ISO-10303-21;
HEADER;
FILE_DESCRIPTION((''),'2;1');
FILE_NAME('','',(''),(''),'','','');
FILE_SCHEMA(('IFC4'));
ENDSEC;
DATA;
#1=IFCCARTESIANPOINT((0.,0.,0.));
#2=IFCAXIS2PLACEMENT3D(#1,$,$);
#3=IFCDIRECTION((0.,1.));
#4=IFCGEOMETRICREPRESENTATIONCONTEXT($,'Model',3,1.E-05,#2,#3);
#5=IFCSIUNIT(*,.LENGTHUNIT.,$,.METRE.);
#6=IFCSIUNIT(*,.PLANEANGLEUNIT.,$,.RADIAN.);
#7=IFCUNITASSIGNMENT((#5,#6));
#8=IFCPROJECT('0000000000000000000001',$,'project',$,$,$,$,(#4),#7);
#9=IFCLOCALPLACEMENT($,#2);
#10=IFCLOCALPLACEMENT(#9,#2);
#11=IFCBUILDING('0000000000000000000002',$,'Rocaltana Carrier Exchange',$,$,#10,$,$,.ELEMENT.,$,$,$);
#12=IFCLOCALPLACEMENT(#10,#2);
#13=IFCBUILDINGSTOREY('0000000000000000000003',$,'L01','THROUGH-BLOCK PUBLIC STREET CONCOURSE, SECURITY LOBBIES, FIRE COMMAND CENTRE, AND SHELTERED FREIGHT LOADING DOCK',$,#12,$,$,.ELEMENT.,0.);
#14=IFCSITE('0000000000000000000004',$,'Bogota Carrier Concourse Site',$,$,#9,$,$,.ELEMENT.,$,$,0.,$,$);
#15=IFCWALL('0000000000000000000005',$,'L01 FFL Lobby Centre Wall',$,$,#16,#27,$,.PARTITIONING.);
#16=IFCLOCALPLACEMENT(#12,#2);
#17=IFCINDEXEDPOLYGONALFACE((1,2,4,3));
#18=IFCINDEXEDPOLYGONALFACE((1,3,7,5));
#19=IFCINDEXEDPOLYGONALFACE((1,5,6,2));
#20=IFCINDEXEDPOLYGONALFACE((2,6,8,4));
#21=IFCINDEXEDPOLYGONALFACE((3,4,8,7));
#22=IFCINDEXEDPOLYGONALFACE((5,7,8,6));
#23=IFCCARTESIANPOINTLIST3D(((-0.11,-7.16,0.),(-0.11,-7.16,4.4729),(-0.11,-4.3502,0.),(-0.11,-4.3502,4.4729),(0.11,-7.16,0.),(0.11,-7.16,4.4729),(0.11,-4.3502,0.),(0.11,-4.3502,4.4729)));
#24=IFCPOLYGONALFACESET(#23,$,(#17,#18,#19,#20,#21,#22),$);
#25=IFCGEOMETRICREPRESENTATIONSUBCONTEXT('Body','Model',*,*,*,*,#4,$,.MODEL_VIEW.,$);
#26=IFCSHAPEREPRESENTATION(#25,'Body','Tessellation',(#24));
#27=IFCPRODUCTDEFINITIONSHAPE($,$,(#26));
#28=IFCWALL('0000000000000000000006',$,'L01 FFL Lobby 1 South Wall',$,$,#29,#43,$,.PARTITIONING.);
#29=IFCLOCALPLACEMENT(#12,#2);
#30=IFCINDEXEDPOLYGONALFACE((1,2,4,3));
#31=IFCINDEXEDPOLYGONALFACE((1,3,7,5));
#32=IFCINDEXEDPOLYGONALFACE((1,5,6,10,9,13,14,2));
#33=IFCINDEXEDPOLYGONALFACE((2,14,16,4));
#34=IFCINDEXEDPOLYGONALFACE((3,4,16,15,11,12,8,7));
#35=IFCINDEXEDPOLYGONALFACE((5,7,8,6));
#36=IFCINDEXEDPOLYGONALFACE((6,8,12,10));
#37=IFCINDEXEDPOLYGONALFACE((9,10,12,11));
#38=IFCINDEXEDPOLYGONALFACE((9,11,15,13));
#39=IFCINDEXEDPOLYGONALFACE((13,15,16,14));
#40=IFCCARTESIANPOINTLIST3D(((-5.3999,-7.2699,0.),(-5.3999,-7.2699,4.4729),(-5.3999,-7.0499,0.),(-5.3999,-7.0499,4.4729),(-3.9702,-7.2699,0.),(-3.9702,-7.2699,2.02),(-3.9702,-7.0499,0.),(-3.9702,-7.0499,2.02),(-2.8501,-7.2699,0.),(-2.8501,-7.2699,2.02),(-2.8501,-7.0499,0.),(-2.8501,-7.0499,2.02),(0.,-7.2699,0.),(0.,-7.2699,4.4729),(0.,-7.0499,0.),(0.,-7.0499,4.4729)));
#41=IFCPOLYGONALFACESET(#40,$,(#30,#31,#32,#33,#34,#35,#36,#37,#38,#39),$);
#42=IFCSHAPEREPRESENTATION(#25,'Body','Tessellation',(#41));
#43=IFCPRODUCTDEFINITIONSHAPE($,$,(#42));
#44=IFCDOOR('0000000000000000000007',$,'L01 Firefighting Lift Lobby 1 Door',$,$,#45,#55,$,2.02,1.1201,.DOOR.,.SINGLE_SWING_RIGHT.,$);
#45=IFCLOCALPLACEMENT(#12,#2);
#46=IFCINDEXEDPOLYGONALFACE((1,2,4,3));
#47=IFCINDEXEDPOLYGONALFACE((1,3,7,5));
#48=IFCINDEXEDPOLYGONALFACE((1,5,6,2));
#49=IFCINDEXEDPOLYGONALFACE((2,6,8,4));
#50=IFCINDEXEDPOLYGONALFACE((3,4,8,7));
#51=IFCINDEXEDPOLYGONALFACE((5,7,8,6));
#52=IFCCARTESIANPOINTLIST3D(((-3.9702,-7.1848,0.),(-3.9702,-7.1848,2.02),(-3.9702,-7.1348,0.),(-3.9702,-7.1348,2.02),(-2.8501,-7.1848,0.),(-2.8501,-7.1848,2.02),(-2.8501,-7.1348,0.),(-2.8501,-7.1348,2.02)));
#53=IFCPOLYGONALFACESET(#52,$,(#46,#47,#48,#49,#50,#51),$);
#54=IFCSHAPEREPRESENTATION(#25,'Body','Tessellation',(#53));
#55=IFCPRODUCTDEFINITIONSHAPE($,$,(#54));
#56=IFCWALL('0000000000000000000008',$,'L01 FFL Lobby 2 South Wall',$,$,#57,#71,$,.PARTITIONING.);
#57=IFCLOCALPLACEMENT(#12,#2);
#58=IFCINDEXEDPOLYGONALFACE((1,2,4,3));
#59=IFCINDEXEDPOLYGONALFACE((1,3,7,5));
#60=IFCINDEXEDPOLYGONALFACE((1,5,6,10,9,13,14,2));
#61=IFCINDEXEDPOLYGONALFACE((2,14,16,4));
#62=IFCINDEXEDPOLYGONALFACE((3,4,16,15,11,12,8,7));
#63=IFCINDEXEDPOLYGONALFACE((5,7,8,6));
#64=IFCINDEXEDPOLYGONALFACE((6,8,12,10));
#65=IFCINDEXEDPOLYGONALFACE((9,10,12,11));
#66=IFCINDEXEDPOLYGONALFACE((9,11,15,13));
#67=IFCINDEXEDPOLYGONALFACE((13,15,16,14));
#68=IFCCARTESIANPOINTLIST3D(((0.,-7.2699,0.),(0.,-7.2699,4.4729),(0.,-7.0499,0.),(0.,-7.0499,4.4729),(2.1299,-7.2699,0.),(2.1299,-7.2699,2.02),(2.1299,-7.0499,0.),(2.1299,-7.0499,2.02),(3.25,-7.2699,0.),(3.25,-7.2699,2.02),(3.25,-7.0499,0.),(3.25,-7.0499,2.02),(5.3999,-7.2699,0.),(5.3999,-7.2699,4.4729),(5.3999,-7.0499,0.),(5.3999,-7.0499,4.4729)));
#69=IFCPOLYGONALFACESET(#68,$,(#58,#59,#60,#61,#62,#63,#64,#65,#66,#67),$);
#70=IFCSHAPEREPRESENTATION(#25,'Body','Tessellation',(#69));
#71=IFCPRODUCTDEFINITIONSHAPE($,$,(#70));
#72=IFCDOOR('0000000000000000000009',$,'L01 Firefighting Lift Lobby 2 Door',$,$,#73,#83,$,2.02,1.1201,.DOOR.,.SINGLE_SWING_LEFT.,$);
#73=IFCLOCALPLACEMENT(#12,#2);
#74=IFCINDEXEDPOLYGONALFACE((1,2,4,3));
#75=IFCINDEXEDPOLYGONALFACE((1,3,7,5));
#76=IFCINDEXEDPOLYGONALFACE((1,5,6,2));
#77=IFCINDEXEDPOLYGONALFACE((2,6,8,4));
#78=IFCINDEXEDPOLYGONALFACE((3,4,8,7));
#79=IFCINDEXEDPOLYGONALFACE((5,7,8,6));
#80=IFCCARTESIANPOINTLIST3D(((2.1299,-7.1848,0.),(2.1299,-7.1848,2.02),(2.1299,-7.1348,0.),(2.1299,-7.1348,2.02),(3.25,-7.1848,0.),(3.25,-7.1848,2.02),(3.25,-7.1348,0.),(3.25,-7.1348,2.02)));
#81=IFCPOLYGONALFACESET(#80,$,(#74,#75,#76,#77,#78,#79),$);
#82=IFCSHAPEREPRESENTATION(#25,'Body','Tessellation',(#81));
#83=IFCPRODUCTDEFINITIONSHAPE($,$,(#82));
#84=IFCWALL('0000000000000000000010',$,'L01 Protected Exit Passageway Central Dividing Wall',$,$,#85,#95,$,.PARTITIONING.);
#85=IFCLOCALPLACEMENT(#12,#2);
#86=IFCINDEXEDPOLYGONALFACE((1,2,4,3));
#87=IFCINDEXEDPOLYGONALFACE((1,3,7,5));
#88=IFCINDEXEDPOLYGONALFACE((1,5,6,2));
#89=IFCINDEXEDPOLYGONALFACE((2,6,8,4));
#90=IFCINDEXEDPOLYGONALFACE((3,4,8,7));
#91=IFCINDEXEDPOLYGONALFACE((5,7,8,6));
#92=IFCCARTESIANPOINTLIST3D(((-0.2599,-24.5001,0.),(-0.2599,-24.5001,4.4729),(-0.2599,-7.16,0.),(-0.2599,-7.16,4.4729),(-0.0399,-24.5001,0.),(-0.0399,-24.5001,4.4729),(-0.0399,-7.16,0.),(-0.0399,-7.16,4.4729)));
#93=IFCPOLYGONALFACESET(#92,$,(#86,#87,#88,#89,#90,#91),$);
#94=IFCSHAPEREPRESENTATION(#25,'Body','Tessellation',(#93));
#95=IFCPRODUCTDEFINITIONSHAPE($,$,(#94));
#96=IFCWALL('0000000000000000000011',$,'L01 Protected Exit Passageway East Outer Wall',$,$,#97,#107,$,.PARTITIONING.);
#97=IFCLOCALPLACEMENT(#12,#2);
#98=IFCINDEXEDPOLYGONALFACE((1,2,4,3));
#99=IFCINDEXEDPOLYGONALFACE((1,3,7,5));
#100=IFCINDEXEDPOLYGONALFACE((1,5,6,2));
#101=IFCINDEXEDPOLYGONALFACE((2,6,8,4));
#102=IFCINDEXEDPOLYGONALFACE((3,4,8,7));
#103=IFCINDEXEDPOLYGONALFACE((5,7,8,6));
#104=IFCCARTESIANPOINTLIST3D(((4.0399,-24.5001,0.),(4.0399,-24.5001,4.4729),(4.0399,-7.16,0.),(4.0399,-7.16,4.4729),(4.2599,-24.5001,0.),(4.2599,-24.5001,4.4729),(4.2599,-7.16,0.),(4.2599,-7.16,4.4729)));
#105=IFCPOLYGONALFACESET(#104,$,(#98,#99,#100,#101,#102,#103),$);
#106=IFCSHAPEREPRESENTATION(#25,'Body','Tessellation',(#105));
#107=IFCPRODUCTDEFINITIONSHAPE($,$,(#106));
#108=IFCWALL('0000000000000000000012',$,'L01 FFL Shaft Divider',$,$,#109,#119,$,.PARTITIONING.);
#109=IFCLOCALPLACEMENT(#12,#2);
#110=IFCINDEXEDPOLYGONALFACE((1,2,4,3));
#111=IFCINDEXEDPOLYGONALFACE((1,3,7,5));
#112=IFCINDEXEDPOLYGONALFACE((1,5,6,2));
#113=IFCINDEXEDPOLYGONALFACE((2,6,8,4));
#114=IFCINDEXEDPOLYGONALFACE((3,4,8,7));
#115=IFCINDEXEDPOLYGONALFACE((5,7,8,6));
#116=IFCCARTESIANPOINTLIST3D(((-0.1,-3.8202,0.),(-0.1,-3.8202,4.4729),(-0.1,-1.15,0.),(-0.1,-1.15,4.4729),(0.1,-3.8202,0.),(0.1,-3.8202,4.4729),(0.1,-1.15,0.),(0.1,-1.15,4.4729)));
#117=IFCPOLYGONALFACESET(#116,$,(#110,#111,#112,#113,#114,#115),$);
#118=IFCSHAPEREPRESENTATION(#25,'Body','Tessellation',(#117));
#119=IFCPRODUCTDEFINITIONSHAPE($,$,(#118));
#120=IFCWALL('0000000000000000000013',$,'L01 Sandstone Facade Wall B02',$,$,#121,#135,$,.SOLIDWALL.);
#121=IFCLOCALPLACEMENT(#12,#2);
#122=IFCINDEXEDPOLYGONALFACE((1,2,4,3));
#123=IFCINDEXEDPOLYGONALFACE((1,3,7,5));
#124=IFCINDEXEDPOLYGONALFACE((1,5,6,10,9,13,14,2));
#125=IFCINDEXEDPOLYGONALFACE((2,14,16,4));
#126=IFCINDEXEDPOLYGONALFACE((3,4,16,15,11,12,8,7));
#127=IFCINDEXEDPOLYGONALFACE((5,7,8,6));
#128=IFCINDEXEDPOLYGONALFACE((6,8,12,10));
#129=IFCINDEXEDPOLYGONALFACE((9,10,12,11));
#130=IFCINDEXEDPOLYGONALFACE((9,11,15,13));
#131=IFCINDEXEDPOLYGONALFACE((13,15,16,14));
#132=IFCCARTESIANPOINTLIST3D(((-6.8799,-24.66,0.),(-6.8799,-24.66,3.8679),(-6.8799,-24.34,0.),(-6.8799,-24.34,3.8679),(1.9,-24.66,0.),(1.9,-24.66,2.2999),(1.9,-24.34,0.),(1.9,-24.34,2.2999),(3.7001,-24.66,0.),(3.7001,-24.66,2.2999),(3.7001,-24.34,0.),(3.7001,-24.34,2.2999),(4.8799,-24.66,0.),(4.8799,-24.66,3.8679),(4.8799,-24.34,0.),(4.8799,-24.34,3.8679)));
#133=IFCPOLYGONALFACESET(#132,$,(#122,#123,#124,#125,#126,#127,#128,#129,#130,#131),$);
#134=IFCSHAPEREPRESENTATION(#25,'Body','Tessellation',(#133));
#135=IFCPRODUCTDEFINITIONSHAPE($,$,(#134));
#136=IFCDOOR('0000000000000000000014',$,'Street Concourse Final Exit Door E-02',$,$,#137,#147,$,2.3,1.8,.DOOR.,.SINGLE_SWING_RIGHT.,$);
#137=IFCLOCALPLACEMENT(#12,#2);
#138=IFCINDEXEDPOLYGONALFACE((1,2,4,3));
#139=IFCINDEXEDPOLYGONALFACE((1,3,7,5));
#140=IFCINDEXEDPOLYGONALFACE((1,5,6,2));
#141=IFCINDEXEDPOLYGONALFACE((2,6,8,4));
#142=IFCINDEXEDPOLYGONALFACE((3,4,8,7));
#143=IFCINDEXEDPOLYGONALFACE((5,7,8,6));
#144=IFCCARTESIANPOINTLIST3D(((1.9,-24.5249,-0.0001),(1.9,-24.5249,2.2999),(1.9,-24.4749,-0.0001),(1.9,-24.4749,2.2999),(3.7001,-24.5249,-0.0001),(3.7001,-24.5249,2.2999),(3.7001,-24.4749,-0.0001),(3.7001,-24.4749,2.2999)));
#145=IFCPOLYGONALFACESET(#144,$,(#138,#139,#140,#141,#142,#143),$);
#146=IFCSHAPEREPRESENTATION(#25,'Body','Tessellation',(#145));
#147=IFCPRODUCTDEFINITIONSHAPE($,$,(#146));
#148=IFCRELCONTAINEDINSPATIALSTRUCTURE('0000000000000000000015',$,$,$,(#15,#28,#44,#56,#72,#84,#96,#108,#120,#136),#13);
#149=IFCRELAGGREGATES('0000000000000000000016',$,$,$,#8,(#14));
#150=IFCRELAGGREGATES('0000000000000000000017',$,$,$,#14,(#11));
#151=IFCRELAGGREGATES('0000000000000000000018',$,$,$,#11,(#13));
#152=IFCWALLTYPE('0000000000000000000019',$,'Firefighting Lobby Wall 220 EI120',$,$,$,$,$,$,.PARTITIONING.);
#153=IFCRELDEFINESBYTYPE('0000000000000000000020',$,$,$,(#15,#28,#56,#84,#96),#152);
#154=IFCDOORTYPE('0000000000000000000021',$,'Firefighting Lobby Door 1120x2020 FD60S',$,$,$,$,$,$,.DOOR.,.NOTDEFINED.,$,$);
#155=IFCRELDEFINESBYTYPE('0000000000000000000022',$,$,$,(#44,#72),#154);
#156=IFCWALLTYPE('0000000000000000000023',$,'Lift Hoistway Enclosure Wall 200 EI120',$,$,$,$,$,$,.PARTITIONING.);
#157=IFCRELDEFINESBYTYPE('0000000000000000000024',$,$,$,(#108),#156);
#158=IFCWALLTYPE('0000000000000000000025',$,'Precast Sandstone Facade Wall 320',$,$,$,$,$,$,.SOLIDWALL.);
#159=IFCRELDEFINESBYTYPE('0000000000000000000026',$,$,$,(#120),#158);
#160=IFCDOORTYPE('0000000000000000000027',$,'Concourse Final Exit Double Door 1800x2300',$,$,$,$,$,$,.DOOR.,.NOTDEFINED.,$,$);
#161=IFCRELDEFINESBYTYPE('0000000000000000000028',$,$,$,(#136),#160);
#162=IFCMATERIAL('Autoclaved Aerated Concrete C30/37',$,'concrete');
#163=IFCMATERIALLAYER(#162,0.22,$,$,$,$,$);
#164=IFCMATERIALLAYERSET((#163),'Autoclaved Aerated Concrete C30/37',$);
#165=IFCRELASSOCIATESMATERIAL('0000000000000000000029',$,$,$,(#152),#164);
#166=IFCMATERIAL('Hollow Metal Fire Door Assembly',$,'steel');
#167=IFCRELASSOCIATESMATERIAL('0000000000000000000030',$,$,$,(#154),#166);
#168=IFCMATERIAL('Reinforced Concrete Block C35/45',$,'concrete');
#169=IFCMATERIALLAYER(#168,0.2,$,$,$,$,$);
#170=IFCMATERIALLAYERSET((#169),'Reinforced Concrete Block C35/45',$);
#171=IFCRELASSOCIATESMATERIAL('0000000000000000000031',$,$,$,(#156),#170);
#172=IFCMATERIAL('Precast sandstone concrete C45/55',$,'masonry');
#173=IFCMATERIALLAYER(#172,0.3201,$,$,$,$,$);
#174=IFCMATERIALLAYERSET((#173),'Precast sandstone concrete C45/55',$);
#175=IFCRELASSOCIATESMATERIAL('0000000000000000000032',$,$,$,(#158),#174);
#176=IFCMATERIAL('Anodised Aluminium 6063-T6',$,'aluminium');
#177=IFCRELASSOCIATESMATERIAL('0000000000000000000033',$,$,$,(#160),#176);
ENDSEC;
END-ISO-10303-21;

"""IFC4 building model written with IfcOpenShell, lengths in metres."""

from ifc_helpers import new_model, si_unit, direction, frame, frame_2d, origin, place, context, subcontext, project, spatial, rectangle, extrude, material, layer, layer_set, type_object, element, fill, save


model = new_model("IFC4")

# Units and contexts
model_context = context("Model", 3, precision=1e-05, world=origin(), true_north=direction((0.0, 1.0)))
body_context = subcontext(model_context, "Body", "Model", "MODEL_VIEW")
ifc_project = project(units=[si_unit("LENGTHUNIT", "METRE"), si_unit("PLANEANGLEUNIT", "RADIAN")], contexts=[model_context])

# Site, building, storey
site_placement = place(None, origin())
site = spatial("IfcSite", under=ifc_project, at=site_placement, Name="Bogota Carrier Concourse Site", CompositionType="ELEMENT", RefElevation=0.0)
building_placement = place(site_placement, origin())
building = spatial("IfcBuilding", under=site, at=building_placement, Name="Rocaltana Carrier Exchange", CompositionType="ELEMENT")
storey_placement = place(building_placement, origin())
storey = spatial("IfcBuildingStorey", under=building, at=storey_placement, Name="L01", Description="THROUGH-BLOCK PUBLIC STREET CONCOURSE, SECURITY LOBBIES, FIRE COMMAND CENTRE, AND SHELTERED FREIGHT LOADING DOCK", CompositionType="ELEMENT", Elevation=0.0)

# Wall
ifc_material_1 = material(Name="Autoclaved Aerated Concrete C30/37", Category="concrete")
ifc_layer_1 = layer(ifc_material_1, 0.22)
ifc_layer_set_1 = layer_set([ifc_layer_1], Name="Autoclaved Aerated Concrete C30/37")
wall_type_1 = type_object("IfcWallType", Name="Firefighting Lobby Wall 220 EI120", PredefinedType="PARTITIONING", material=ifc_layer_set_1)
wall_1_placement = place(storey_placement, frame((0.0, -7.1599, 0.0), z_axis=(0.0, 0.0, 1.0), x_axis=(0.0, 1.0, 0.0)))
element("IfcWall", 1, at=wall_1_placement, inside=storey, type_object=wall_type_1, Name="L01 FFL Lobby Centre Wall", PredefinedType="PARTITIONING", context=body_context, shape_type="SweptSolid", body=[
    extrude(rectangle(XDim=2.8098, YDim=0.22, at=frame_2d((1.4048, 0.0))), origin(), (0.0, 0.0, 1.0), 4.4729),
])

# Walls, openings, doors
wall_2_placement = place(storey_placement, frame((0.0, -7.1599, 0.0), z_axis=(0.0, 0.0, 1.0), x_axis=(-1.0, 0.0, 0.0)))
wall_2 = element("IfcWall", 2, at=wall_2_placement, inside=storey, type_object=wall_type_1, Name="L01 FFL Lobby 1 South Wall", PredefinedType="PARTITIONING", context=body_context, shape_type="SweptSolid", body=[
    extrude(rectangle(XDim=5.3999, YDim=0.22, at=frame_2d((2.7, 0.0))), origin(), (0.0, 0.0, 1.0), 4.4729),
])
opening_1_placement = place(wall_2_placement, frame((2.8501, 0.0, 0.0)))
opening_1 = element("IfcOpeningElement", 3, at=opening_1_placement, cuts=wall_2, PredefinedType="OPENING", context=body_context, shape_type="SweptSolid", body=[
    extrude(rectangle(XDim=1.1201, YDim=2.02, at=frame_2d((0.5601, 1.01))), frame((0.0, 0.1199, 0.0), z_axis=(0.0, -1.0, 0.0), x_axis=(1.0, 0.0, 0.0)), (0.0, 0.0, 1.0), 0.24),
])
ifc_material_2 = material(Name="Hollow Metal Fire Door Assembly", Category="steel")
door_type_1 = type_object("IfcDoorType", Name="Firefighting Lobby Door 1120x2020 FD60S", OperationType="NOTDEFINED", PredefinedType="DOOR", material=ifc_material_2)
door_1_placement = place(opening_1_placement, origin())
door_1 = element("IfcDoor", 4, at=door_1_placement, inside=storey, type_object=door_type_1, Name="L01 Firefighting Lift Lobby 1 Door", OperationType="SINGLE_SWING_RIGHT", OverallHeight=2.02, OverallWidth=1.1201, PredefinedType="DOOR", context=body_context, shape_type="SweptSolid", body=[
    extrude(rectangle(XDim=1.1201, YDim=2.02, at=frame_2d((0.5601, 1.01))), frame((0.0, 0.0249, 0.0), z_axis=(0.0, -1.0, 0.0), x_axis=(1.0, 0.0, 0.0)), (0.0, 0.0, 1.0), 0.05),
])
fill(opening_1, door_1)
wall_3_placement = place(storey_placement, frame((5.3999, -7.1599, 0.0), z_axis=(0.0, 0.0, 1.0), x_axis=(-1.0, 0.0, 0.0)))
wall_3 = element("IfcWall", 5, at=wall_3_placement, inside=storey, type_object=wall_type_1, Name="L01 FFL Lobby 2 South Wall", PredefinedType="PARTITIONING", context=body_context, shape_type="SweptSolid", body=[
    extrude(rectangle(XDim=5.3999, YDim=0.22, at=frame_2d((2.7, 0.0))), origin(), (0.0, 0.0, 1.0), 4.4729),
])
opening_2_placement = place(wall_3_placement, frame((2.1499, 0.0, 0.0)))
opening_2 = element("IfcOpeningElement", 6, at=opening_2_placement, cuts=wall_3, PredefinedType="OPENING", context=body_context, shape_type="SweptSolid", body=[
    extrude(rectangle(XDim=1.1201, YDim=2.02, at=frame_2d((0.5601, 1.01))), frame((0.0, 0.1199, 0.0), z_axis=(0.0, -1.0, 0.0), x_axis=(1.0, 0.0, 0.0)), (0.0, 0.0, 1.0), 0.24),
])
door_2_placement = place(opening_2_placement, origin())
door_2 = element("IfcDoor", 7, at=door_2_placement, inside=storey, type_object=door_type_1, Name="L01 Firefighting Lift Lobby 2 Door", OperationType="SINGLE_SWING_LEFT", OverallHeight=2.02, OverallWidth=1.1201, PredefinedType="DOOR", context=body_context, shape_type="SweptSolid", body=[
    extrude(rectangle(XDim=1.1201, YDim=2.02, at=frame_2d((0.5601, 1.01))), frame((0.0, 0.0249, 0.0), z_axis=(0.0, -1.0, 0.0), x_axis=(1.0, 0.0, 0.0)), (0.0, 0.0, 1.0), 0.05),
])
fill(opening_2, door_2)

# Walls
for number, where, z_axis, x_axis, name in (
    (8, (-0.1499, -24.5, 0.0), (0.0, 0.0, 1.0), (0.0, 1.0, 0.0), "L01 Protected Exit Passageway Central Dividing Wall"),
    (9, (4.1499, -24.5, 0.0), (0.0, 0.0, 1.0), (0.0, 1.0, 0.0), "L01 Protected Exit Passageway East Outer Wall"),
):
    element("IfcWall", number, at=place(storey_placement, frame(where, z_axis=z_axis, x_axis=x_axis)), inside=storey, type_object=wall_type_1, Name=name, PredefinedType="PARTITIONING", context=body_context, shape_type="SweptSolid", body=[
        extrude(rectangle(XDim=17.3401, YDim=0.22, at=frame_2d((8.6699, 0.0))), origin(), (0.0, 0.0, 1.0), 4.4729),
    ])
ifc_material_3 = material(Name="Reinforced Concrete Block C35/45", Category="concrete")
ifc_layer_2 = layer(ifc_material_3, 0.2)
ifc_layer_set_2 = layer_set([ifc_layer_2], Name="Reinforced Concrete Block C35/45")
wall_type_2 = type_object("IfcWallType", Name="Lift Hoistway Enclosure Wall 200 EI120", PredefinedType="PARTITIONING", material=ifc_layer_set_2)
wall_4_placement = place(storey_placement, frame((0.0, -3.8201, 0.0), z_axis=(0.0, 0.0, 1.0), x_axis=(0.0, 1.0, 0.0)))
element("IfcWall", 10, at=wall_4_placement, inside=storey, type_object=wall_type_2, Name="L01 FFL Shaft Divider", PredefinedType="PARTITIONING", context=body_context, shape_type="SweptSolid", body=[
    extrude(rectangle(XDim=2.6702, YDim=0.2, at=frame_2d((1.335, 0.0))), origin(), (0.0, 0.0, 1.0), 4.4729),
])

# Wall, opening, door
ifc_material_4 = material(Name="Precast sandstone concrete C45/55", Category="masonry")
ifc_layer_3 = layer(ifc_material_4, 0.3201)
ifc_layer_set_3 = layer_set([ifc_layer_3], Name="Precast sandstone concrete C45/55")
wall_type_3 = type_object("IfcWallType", Name="Precast Sandstone Facade Wall 320", PredefinedType="SOLIDWALL", material=ifc_layer_set_3)
wall_5_placement = place(storey_placement, frame((4.8799, -24.5, 0.0), z_axis=(0.0, 0.0, 1.0), x_axis=(-1.0, 0.0, 0.0)))
wall_5 = element("IfcWall", 11, at=wall_5_placement, inside=storey, type_object=wall_type_3, Name="L01 Sandstone Facade Wall B02", PredefinedType="SOLIDWALL", context=body_context, shape_type="SweptSolid", body=[
    extrude(rectangle(XDim=11.7598, YDim=0.3201, at=frame_2d((5.8799, 0.0))), origin(), (0.0, 0.0, 1.0), 3.8679),
])
opening_3_placement = place(wall_5_placement, frame((1.1799, 0.0, 0.0)))
opening_3 = element("IfcOpeningElement", 12, at=opening_3_placement, cuts=wall_5, PredefinedType="OPENING", context=body_context, shape_type="SweptSolid", body=[
    extrude(rectangle(XDim=1.8, YDim=2.3, at=frame_2d((0.8999, 1.1499))), frame((0.0, 0.1699, 0.0), z_axis=(0.0, -1.0, 0.0), x_axis=(1.0, 0.0, 0.0)), (0.0, 0.0, 1.0), 0.3401),
])
ifc_material_5 = material(Name="Anodised Aluminium 6063-T6", Category="aluminium")
door_type_2 = type_object("IfcDoorType", Name="Concourse Final Exit Double Door 1800x2300", OperationType="NOTDEFINED", PredefinedType="DOOR", material=ifc_material_5)
door_3_placement = place(opening_3_placement, origin())
door_3 = element("IfcDoor", 13, at=door_3_placement, inside=storey, type_object=door_type_2, Name="Street Concourse Final Exit Door E-02", OperationType="SINGLE_SWING_RIGHT", OverallHeight=2.3, OverallWidth=1.8, PredefinedType="DOOR", context=body_context, shape_type="SweptSolid", body=[
    extrude(rectangle(XDim=1.8, YDim=2.3, at=frame_2d((0.8999, 1.1499))), frame((0.0, 0.0249, 0.0), z_axis=(0.0, -1.0, 0.0), x_axis=(1.0, 0.0, 0.0)), (0.0, 0.0, 1.0), 0.05),
])
fill(opening_3, door_3)

save(model, "model.ifc")
